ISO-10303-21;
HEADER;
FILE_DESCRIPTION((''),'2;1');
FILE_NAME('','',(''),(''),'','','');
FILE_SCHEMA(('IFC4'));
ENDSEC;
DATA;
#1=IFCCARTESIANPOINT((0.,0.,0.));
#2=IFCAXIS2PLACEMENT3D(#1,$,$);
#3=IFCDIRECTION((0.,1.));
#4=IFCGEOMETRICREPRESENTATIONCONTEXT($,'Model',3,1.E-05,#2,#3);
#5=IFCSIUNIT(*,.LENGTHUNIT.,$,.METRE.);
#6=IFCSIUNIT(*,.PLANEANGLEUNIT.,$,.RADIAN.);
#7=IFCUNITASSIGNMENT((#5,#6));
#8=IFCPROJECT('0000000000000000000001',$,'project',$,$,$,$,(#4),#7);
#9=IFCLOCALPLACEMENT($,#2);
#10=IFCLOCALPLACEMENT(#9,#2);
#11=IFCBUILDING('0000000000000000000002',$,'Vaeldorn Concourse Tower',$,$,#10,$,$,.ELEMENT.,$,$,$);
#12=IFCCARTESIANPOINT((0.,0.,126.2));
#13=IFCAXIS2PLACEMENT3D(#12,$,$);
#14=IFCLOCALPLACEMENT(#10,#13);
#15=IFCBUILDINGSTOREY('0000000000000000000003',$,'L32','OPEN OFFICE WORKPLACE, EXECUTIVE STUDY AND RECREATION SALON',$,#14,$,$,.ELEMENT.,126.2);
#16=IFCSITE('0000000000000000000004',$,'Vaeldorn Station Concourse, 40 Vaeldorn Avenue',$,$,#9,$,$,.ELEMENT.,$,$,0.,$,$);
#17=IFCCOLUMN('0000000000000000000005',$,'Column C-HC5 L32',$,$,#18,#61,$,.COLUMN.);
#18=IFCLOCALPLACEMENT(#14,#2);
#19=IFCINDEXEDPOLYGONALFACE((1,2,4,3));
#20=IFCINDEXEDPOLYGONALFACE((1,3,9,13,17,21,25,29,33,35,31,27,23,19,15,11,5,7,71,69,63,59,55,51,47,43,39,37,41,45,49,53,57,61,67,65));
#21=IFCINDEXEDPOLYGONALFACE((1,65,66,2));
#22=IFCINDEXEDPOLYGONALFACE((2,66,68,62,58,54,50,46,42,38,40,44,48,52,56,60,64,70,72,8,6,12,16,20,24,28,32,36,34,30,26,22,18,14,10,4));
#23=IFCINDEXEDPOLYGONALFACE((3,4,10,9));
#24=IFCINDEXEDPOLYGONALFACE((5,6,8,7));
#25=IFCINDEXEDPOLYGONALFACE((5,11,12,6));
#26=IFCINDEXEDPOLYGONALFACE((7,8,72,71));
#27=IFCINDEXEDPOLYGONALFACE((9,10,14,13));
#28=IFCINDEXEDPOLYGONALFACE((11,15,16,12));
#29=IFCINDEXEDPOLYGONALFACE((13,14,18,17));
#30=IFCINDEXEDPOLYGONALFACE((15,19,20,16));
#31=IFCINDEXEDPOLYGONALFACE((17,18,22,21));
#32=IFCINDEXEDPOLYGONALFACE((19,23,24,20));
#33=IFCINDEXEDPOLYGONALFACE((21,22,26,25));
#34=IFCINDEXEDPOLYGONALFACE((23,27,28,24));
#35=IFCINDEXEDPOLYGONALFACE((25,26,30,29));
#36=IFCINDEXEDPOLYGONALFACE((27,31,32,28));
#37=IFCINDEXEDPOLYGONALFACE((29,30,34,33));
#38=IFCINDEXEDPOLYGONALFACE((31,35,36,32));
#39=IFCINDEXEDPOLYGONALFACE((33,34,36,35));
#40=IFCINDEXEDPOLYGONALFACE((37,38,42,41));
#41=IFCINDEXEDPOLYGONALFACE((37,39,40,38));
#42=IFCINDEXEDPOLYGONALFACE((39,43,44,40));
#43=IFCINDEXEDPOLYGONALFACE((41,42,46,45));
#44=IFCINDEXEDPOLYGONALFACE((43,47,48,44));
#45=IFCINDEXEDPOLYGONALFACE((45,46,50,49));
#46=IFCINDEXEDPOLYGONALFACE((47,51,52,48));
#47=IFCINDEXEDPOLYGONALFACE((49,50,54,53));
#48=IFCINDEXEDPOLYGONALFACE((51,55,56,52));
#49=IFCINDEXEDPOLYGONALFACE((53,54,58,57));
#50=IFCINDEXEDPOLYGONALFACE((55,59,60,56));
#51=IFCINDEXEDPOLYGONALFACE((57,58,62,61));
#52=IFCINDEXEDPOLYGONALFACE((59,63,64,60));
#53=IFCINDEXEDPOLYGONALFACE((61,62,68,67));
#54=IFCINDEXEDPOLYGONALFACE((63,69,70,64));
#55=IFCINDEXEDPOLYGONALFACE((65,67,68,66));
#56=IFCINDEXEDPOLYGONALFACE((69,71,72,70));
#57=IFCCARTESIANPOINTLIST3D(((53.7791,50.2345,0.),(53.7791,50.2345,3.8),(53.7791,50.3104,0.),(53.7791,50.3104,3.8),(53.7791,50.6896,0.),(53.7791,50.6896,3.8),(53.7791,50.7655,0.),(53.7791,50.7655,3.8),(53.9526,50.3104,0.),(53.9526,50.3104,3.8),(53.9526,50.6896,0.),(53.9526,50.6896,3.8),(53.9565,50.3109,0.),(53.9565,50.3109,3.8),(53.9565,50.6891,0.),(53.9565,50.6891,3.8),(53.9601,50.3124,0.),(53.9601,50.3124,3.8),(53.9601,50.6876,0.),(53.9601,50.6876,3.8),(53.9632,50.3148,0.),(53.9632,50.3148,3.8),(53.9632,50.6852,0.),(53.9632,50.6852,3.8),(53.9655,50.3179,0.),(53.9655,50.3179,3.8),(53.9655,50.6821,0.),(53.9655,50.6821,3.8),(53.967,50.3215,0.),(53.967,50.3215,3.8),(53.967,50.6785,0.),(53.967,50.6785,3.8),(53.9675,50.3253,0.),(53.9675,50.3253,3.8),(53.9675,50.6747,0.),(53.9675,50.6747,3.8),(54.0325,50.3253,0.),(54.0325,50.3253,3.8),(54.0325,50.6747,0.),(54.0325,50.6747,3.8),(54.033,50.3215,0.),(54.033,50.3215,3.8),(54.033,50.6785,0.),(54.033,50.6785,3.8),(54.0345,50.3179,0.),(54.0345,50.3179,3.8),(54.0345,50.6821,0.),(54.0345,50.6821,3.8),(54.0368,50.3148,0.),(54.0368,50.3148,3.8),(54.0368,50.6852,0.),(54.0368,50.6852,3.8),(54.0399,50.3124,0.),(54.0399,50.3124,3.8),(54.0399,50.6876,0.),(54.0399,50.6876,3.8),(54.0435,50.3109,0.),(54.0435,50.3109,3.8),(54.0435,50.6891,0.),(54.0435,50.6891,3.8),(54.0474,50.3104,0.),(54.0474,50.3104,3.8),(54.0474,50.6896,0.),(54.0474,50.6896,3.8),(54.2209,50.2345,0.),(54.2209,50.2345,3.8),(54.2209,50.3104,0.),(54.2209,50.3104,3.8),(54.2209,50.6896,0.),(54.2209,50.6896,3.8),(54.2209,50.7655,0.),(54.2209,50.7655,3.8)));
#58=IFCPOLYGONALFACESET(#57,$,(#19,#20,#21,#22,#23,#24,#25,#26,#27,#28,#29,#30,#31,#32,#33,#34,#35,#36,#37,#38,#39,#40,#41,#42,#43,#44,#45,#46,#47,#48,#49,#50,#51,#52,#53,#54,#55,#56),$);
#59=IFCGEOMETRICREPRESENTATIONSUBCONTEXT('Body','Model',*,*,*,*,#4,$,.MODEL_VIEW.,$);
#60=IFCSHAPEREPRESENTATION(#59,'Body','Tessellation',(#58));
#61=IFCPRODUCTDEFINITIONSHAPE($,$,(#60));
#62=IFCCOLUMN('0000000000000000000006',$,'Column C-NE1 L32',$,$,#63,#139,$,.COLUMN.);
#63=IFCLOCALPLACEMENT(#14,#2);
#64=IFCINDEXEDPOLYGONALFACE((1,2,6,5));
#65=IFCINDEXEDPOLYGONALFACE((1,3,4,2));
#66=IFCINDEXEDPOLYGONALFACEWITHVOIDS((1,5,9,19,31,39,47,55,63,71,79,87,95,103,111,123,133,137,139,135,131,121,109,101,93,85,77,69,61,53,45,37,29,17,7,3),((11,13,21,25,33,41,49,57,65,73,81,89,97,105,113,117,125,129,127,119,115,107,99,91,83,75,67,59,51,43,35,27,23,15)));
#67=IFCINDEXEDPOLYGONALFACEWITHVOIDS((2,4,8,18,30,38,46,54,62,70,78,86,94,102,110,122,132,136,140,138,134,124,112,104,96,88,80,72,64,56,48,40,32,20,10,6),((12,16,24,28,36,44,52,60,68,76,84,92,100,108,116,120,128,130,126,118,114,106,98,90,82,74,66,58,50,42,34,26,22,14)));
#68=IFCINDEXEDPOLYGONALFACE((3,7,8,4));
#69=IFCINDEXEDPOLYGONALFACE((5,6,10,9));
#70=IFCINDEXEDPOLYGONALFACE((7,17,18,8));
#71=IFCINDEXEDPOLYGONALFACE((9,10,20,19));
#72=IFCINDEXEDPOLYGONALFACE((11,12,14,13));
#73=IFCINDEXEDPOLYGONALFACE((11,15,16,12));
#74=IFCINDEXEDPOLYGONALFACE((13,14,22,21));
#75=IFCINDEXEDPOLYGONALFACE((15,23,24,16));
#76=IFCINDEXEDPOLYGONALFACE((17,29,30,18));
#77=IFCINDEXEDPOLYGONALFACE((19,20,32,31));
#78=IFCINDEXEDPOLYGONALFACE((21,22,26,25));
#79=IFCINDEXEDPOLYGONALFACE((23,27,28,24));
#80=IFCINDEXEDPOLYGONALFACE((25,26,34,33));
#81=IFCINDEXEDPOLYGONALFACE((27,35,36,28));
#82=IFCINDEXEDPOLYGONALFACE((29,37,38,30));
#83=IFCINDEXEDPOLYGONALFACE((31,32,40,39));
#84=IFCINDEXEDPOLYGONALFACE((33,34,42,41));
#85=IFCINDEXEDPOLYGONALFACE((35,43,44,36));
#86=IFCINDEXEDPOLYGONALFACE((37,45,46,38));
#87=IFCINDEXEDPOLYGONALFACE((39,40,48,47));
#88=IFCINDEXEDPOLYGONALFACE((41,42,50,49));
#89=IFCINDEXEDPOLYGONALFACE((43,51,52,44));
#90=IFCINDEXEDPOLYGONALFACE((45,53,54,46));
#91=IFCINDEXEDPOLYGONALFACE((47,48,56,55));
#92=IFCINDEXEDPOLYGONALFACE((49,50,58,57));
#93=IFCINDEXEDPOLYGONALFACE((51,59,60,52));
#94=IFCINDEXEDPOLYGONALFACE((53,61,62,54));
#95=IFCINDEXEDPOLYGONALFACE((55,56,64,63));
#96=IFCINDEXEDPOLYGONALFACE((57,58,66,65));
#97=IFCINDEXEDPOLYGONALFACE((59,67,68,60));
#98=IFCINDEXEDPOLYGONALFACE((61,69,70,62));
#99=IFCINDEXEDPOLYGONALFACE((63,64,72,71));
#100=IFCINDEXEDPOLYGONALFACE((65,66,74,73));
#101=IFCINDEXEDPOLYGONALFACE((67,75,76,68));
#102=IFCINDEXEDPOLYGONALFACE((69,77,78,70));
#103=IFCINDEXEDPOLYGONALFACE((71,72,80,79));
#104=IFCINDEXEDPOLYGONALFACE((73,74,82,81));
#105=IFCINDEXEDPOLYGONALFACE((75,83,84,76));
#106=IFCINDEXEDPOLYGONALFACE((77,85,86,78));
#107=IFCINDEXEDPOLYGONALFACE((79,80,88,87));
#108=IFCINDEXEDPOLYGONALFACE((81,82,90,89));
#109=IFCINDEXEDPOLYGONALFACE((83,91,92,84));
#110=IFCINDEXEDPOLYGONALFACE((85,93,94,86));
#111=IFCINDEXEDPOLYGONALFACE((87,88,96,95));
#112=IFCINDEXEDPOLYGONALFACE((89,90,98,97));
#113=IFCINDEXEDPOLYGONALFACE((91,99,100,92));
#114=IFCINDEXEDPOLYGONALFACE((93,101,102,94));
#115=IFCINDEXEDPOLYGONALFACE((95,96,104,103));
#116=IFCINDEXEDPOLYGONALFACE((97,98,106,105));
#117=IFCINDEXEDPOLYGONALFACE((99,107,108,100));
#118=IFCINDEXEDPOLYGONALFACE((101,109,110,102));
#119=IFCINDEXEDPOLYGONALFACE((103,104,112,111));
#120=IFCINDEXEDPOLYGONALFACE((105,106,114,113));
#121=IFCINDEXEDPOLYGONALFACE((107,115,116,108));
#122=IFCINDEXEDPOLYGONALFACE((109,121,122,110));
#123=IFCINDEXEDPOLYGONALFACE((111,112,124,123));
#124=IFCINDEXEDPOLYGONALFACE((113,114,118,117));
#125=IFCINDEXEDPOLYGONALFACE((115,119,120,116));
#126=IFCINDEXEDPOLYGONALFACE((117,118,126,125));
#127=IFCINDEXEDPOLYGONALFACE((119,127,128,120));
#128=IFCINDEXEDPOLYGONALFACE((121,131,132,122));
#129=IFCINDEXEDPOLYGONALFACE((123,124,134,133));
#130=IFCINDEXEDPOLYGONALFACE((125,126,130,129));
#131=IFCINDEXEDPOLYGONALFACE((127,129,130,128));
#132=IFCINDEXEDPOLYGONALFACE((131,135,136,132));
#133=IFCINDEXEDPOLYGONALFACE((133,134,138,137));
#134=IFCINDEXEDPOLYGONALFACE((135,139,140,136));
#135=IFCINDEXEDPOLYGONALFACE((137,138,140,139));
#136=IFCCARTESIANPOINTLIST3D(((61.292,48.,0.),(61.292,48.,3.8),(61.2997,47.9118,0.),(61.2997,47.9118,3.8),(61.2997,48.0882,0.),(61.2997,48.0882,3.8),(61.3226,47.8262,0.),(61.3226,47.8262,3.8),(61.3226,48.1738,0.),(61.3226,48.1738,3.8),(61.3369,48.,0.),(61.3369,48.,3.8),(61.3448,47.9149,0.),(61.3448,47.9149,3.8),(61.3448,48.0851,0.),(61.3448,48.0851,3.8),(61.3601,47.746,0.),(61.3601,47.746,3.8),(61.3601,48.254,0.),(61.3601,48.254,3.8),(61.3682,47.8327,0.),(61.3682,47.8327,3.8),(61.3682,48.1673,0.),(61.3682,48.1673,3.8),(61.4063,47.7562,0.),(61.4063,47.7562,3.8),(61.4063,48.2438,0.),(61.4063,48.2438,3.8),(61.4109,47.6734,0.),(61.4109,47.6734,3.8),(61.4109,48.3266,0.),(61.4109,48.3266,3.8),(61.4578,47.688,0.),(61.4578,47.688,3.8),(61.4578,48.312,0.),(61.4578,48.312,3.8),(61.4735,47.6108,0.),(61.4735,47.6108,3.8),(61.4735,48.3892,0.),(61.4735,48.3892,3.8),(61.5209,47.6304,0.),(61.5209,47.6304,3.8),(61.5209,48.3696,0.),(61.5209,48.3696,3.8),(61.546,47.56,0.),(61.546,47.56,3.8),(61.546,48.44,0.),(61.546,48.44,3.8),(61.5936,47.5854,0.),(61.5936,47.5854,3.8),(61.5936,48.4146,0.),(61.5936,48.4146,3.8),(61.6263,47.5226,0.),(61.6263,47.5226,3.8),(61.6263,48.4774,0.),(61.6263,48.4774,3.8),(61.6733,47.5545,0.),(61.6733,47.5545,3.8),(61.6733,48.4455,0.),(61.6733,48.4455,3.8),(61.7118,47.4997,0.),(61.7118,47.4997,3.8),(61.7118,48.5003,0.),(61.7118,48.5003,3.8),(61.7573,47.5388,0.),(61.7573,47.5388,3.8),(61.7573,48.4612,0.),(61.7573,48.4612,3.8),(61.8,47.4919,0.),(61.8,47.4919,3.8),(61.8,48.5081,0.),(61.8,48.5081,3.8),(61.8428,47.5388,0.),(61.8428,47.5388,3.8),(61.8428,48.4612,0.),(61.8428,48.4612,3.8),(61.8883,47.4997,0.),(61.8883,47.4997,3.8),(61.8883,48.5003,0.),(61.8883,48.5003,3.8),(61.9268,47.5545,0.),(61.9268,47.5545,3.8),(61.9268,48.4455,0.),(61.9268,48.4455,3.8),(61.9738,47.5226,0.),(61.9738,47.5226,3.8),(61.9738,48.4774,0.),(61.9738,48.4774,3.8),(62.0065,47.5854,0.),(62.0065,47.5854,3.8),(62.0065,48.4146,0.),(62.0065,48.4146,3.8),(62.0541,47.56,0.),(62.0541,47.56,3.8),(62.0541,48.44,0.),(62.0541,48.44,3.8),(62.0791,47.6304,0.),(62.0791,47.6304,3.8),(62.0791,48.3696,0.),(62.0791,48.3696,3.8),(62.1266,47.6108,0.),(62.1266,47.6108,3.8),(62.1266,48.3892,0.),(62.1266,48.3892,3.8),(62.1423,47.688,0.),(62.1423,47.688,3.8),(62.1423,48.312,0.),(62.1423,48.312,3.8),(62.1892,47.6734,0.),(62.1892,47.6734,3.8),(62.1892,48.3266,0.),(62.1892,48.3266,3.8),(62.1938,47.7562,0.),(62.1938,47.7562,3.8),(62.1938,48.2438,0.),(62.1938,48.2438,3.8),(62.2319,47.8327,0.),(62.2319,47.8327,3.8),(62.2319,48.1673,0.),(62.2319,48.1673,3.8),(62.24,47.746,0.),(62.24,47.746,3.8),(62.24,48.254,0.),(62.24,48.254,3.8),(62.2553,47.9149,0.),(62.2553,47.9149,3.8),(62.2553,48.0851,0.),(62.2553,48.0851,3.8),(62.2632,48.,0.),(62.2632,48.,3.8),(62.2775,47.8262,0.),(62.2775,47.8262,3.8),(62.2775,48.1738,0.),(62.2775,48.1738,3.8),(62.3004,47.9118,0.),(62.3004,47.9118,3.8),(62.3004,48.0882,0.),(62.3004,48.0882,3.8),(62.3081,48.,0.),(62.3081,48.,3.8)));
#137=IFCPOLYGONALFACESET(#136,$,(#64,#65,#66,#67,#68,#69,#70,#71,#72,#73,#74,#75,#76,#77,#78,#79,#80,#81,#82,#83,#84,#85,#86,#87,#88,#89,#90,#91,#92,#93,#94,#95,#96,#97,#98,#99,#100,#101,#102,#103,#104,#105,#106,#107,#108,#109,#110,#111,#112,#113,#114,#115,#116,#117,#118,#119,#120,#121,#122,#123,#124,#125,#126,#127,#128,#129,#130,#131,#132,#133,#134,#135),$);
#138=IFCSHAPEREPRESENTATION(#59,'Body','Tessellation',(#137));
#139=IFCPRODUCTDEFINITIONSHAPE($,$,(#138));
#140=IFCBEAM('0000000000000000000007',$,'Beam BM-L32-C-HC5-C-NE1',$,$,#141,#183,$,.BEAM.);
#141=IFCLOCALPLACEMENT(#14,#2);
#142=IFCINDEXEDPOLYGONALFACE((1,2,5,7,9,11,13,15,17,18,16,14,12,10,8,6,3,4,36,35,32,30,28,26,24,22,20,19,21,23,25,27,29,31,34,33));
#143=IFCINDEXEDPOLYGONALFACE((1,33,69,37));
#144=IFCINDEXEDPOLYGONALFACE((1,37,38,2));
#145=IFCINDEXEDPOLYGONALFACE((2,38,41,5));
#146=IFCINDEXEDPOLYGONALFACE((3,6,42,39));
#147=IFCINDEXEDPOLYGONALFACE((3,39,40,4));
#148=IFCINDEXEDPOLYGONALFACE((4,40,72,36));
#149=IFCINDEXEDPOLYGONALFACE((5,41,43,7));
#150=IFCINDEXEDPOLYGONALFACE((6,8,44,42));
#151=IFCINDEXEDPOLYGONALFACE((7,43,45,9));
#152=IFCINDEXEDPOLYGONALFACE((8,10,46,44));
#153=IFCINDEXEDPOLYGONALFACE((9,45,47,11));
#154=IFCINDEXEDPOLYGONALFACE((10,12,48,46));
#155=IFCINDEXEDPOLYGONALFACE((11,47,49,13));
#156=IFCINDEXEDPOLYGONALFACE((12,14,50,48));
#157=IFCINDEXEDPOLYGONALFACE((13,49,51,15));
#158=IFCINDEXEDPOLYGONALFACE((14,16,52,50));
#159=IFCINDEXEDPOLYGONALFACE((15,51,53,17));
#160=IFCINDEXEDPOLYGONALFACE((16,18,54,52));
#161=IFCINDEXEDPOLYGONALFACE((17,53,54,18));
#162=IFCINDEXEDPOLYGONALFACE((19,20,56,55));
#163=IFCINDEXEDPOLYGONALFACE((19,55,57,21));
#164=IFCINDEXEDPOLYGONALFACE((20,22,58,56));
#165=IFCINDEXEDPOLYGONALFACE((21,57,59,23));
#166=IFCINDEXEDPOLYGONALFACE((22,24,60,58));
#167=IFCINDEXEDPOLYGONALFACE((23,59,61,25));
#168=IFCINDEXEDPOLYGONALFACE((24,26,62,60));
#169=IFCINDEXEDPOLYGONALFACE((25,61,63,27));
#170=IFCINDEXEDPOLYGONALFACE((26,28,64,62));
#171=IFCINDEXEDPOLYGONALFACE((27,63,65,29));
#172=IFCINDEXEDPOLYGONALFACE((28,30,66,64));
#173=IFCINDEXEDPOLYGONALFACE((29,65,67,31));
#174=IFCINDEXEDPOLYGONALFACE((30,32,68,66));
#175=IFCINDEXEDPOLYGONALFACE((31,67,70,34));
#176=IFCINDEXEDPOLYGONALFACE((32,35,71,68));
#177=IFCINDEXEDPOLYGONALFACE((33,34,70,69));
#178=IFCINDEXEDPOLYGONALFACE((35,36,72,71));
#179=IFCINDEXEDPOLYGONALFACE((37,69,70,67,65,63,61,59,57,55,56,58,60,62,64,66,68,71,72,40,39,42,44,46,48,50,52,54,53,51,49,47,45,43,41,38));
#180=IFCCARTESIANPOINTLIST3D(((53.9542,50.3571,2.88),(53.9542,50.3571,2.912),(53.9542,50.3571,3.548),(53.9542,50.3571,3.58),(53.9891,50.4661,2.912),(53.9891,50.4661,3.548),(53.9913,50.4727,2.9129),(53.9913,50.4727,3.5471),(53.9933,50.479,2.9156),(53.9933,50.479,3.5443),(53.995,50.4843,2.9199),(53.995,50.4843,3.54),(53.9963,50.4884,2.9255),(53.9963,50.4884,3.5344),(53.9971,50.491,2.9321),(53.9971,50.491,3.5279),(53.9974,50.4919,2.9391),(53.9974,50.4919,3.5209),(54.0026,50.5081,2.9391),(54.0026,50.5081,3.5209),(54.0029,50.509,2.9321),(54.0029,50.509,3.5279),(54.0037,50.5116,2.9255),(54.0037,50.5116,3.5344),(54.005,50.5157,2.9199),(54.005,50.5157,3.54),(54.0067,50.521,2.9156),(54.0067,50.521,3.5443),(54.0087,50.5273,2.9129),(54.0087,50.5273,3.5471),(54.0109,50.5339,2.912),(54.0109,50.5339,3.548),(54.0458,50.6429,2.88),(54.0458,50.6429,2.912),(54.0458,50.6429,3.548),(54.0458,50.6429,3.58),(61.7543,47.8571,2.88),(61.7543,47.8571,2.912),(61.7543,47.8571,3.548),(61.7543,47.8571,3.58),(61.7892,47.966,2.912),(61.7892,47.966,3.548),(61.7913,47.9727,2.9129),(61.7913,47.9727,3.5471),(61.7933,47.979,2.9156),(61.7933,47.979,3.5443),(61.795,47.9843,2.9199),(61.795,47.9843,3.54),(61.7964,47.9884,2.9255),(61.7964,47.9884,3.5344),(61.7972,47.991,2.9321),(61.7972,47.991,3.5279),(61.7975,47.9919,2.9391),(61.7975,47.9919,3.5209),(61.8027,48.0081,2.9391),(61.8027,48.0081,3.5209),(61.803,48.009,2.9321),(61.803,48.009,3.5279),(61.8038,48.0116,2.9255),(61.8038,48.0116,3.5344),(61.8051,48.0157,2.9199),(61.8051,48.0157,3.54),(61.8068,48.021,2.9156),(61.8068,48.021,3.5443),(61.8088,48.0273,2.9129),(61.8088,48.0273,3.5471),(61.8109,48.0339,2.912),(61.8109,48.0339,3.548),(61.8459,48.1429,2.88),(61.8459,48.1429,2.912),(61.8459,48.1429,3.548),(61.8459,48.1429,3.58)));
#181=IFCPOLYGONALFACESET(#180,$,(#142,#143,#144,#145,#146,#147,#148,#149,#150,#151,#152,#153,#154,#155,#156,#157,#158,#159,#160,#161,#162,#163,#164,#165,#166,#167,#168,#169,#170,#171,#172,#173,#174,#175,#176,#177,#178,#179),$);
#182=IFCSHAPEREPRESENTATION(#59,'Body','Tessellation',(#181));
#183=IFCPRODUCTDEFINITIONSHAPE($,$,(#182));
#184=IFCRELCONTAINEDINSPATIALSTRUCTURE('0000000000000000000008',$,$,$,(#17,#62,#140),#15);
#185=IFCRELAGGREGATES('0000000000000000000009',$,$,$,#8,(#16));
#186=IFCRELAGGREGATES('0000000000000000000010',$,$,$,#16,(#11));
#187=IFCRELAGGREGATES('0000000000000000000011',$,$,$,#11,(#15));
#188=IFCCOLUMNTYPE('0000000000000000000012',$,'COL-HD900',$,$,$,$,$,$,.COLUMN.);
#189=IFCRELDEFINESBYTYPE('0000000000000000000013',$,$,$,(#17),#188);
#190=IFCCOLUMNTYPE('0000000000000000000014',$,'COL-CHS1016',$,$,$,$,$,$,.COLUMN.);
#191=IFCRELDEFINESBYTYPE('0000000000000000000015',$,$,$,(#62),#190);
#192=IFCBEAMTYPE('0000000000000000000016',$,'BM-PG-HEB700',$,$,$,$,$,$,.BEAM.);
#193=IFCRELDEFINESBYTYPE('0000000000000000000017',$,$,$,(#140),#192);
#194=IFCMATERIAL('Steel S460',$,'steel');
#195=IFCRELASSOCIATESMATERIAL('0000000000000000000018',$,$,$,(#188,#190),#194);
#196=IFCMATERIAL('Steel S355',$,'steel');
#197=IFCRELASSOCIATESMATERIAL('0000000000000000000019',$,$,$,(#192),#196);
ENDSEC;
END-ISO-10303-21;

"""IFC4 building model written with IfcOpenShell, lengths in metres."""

from ifc_helpers import new_model, si_unit, direction, frame, origin, origin_2d, place, context, subcontext, project, spatial, hollow_circle, i_section, extrude, source, transform, mapped, material, material_profile, profile_set, type_object, element, save


model = new_model("IFC4")

# Units and contexts
model_context = context("Model", 3, precision=1e-05, world=origin(), true_north=direction((0.0, 1.0)))
body_context = subcontext(model_context, "Body", "Model", "MODEL_VIEW")
ifc_project = project(units=[si_unit("LENGTHUNIT", "METRE"), si_unit("PLANEANGLEUNIT", "RADIAN")], contexts=[model_context])

# Site, building, storey
site_placement = place(None, origin())
site = spatial("IfcSite", under=ifc_project, at=site_placement, Name="Vaeldorn Station Concourse, 40 Vaeldorn Avenue", CompositionType="ELEMENT", RefElevation=0.0)
building_placement = place(site_placement, origin())
building = spatial("IfcBuilding", under=site, at=building_placement, Name="Vaeldorn Concourse Tower", CompositionType="ELEMENT")
storey_placement = place(building_placement, frame((0.0, 0.0, 126.2)))
storey = spatial("IfcBuildingStorey", under=building, at=storey_placement, Name="L32", Description="OPEN OFFICE WORKPLACE, EXECUTIVE STUDY AND RECREATION SALON", CompositionType="ELEMENT", Elevation=126.2)

# Columns
ifc_material_1 = material(Name="Steel S460", Category="steel")
ifc_material_profile_1 = material_profile(ifc_material_1, i_section(OverallWidth=0.4419, OverallDepth=0.531, WebThickness=0.0649, FlangeThickness=0.0759, FilletRadius=0.0149, at=origin_2d()), Name="HD 400x900")
ifc_profile_set_1 = profile_set([ifc_material_profile_1], Name="Steel S460")
column_type_1 = type_object("IfcColumnType", Name="COL-HD900", PredefinedType="COLUMN", material=ifc_profile_set_1)
shared_shape_1 = source(origin(), body_context, "Body", "SweptSolid", [
    extrude(i_section(OverallWidth=0.4419, OverallDepth=0.531, WebThickness=0.0649, FlangeThickness=0.0759, FilletRadius=0.0149, at=origin_2d()), origin(), (0.0, 0.0, 1.0), 3.8),
])
column_1_placement = place(storey_placement, frame((54.0, 50.5, 0.0), z_axis=(0.0, 0.0, 1.0), x_axis=(1.0, 0.0, 0.0)))
element("IfcColumn", 1, at=column_1_placement, inside=storey, type_object=column_type_1, Name="Column C-HC5 L32", PredefinedType="COLUMN", context=body_context, shape_type="MappedRepresentation", body=[
    mapped(shared_shape_1, transform((0.0, 0.0, 0.0), scale=1.0)),
])
ifc_material_profile_2 = material_profile(ifc_material_1, hollow_circle(Radius=0.5081, WallThickness=0.0449, at=origin_2d()), Name="CHS 1016x45")
ifc_profile_set_2 = profile_set([ifc_material_profile_2], Name="Steel S460")
column_type_2 = type_object("IfcColumnType", Name="COL-CHS1016", PredefinedType="COLUMN", material=ifc_profile_set_2)
shared_shape_2 = source(origin(), body_context, "Body", "SweptSolid", [
    extrude(hollow_circle(Radius=0.5081, WallThickness=0.0449, at=origin_2d()), origin(), (0.0, 0.0, 1.0), 3.8),
])
column_2_placement = place(storey_placement, frame((61.8, 48.0, 0.0), z_axis=(0.0, 0.0, 1.0), x_axis=(1.0, 0.0, 0.0)))
element("IfcColumn", 2, at=column_2_placement, inside=storey, type_object=column_type_2, Name="Column C-NE1 L32", PredefinedType="COLUMN", context=body_context, shape_type="MappedRepresentation", body=[
    mapped(shared_shape_2, transform((0.0, 0.0, 0.0), scale=1.0)),
])

# Beam
ifc_material_2 = material(Name="Steel S355", Category="steel")
ifc_material_profile_3 = material_profile(ifc_material_2, i_section(OverallWidth=0.3, OverallDepth=0.7, WebThickness=0.0171, FlangeThickness=0.032, FilletRadius=0.0271, at=origin_2d()), Name="HEB 700")
ifc_profile_set_3 = profile_set([ifc_material_profile_3], Name="Steel S355")
beam_type_1 = type_object("IfcBeamType", Name="BM-PG-HEB700", PredefinedType="BEAM", material=ifc_profile_set_3)
shared_shape_3 = source(origin(), body_context, "Body", "SweptSolid", [
    extrude(i_section(OverallWidth=0.3, OverallDepth=0.7, WebThickness=0.0171, FlangeThickness=0.032, FilletRadius=0.0271, at=origin_2d()), origin(), (0.0, 0.0, 1.0), 8.1909),
])
beam_1_placement = place(storey_placement, frame((54.0, 50.5, 3.23), z_axis=(0.952283, -0.305217, 0.0), x_axis=(0.305217, 0.952283, 0.0)))
element("IfcBeam", 3, at=beam_1_placement, inside=storey, type_object=beam_type_1, Name="Beam BM-L32-C-HC5-C-NE1", PredefinedType="BEAM", context=body_context, shape_type="MappedRepresentation", body=[
    mapped(shared_shape_3, transform((0.0, 0.0, 0.0), scale=1.0)),
])

save(model, "model.ifc")
